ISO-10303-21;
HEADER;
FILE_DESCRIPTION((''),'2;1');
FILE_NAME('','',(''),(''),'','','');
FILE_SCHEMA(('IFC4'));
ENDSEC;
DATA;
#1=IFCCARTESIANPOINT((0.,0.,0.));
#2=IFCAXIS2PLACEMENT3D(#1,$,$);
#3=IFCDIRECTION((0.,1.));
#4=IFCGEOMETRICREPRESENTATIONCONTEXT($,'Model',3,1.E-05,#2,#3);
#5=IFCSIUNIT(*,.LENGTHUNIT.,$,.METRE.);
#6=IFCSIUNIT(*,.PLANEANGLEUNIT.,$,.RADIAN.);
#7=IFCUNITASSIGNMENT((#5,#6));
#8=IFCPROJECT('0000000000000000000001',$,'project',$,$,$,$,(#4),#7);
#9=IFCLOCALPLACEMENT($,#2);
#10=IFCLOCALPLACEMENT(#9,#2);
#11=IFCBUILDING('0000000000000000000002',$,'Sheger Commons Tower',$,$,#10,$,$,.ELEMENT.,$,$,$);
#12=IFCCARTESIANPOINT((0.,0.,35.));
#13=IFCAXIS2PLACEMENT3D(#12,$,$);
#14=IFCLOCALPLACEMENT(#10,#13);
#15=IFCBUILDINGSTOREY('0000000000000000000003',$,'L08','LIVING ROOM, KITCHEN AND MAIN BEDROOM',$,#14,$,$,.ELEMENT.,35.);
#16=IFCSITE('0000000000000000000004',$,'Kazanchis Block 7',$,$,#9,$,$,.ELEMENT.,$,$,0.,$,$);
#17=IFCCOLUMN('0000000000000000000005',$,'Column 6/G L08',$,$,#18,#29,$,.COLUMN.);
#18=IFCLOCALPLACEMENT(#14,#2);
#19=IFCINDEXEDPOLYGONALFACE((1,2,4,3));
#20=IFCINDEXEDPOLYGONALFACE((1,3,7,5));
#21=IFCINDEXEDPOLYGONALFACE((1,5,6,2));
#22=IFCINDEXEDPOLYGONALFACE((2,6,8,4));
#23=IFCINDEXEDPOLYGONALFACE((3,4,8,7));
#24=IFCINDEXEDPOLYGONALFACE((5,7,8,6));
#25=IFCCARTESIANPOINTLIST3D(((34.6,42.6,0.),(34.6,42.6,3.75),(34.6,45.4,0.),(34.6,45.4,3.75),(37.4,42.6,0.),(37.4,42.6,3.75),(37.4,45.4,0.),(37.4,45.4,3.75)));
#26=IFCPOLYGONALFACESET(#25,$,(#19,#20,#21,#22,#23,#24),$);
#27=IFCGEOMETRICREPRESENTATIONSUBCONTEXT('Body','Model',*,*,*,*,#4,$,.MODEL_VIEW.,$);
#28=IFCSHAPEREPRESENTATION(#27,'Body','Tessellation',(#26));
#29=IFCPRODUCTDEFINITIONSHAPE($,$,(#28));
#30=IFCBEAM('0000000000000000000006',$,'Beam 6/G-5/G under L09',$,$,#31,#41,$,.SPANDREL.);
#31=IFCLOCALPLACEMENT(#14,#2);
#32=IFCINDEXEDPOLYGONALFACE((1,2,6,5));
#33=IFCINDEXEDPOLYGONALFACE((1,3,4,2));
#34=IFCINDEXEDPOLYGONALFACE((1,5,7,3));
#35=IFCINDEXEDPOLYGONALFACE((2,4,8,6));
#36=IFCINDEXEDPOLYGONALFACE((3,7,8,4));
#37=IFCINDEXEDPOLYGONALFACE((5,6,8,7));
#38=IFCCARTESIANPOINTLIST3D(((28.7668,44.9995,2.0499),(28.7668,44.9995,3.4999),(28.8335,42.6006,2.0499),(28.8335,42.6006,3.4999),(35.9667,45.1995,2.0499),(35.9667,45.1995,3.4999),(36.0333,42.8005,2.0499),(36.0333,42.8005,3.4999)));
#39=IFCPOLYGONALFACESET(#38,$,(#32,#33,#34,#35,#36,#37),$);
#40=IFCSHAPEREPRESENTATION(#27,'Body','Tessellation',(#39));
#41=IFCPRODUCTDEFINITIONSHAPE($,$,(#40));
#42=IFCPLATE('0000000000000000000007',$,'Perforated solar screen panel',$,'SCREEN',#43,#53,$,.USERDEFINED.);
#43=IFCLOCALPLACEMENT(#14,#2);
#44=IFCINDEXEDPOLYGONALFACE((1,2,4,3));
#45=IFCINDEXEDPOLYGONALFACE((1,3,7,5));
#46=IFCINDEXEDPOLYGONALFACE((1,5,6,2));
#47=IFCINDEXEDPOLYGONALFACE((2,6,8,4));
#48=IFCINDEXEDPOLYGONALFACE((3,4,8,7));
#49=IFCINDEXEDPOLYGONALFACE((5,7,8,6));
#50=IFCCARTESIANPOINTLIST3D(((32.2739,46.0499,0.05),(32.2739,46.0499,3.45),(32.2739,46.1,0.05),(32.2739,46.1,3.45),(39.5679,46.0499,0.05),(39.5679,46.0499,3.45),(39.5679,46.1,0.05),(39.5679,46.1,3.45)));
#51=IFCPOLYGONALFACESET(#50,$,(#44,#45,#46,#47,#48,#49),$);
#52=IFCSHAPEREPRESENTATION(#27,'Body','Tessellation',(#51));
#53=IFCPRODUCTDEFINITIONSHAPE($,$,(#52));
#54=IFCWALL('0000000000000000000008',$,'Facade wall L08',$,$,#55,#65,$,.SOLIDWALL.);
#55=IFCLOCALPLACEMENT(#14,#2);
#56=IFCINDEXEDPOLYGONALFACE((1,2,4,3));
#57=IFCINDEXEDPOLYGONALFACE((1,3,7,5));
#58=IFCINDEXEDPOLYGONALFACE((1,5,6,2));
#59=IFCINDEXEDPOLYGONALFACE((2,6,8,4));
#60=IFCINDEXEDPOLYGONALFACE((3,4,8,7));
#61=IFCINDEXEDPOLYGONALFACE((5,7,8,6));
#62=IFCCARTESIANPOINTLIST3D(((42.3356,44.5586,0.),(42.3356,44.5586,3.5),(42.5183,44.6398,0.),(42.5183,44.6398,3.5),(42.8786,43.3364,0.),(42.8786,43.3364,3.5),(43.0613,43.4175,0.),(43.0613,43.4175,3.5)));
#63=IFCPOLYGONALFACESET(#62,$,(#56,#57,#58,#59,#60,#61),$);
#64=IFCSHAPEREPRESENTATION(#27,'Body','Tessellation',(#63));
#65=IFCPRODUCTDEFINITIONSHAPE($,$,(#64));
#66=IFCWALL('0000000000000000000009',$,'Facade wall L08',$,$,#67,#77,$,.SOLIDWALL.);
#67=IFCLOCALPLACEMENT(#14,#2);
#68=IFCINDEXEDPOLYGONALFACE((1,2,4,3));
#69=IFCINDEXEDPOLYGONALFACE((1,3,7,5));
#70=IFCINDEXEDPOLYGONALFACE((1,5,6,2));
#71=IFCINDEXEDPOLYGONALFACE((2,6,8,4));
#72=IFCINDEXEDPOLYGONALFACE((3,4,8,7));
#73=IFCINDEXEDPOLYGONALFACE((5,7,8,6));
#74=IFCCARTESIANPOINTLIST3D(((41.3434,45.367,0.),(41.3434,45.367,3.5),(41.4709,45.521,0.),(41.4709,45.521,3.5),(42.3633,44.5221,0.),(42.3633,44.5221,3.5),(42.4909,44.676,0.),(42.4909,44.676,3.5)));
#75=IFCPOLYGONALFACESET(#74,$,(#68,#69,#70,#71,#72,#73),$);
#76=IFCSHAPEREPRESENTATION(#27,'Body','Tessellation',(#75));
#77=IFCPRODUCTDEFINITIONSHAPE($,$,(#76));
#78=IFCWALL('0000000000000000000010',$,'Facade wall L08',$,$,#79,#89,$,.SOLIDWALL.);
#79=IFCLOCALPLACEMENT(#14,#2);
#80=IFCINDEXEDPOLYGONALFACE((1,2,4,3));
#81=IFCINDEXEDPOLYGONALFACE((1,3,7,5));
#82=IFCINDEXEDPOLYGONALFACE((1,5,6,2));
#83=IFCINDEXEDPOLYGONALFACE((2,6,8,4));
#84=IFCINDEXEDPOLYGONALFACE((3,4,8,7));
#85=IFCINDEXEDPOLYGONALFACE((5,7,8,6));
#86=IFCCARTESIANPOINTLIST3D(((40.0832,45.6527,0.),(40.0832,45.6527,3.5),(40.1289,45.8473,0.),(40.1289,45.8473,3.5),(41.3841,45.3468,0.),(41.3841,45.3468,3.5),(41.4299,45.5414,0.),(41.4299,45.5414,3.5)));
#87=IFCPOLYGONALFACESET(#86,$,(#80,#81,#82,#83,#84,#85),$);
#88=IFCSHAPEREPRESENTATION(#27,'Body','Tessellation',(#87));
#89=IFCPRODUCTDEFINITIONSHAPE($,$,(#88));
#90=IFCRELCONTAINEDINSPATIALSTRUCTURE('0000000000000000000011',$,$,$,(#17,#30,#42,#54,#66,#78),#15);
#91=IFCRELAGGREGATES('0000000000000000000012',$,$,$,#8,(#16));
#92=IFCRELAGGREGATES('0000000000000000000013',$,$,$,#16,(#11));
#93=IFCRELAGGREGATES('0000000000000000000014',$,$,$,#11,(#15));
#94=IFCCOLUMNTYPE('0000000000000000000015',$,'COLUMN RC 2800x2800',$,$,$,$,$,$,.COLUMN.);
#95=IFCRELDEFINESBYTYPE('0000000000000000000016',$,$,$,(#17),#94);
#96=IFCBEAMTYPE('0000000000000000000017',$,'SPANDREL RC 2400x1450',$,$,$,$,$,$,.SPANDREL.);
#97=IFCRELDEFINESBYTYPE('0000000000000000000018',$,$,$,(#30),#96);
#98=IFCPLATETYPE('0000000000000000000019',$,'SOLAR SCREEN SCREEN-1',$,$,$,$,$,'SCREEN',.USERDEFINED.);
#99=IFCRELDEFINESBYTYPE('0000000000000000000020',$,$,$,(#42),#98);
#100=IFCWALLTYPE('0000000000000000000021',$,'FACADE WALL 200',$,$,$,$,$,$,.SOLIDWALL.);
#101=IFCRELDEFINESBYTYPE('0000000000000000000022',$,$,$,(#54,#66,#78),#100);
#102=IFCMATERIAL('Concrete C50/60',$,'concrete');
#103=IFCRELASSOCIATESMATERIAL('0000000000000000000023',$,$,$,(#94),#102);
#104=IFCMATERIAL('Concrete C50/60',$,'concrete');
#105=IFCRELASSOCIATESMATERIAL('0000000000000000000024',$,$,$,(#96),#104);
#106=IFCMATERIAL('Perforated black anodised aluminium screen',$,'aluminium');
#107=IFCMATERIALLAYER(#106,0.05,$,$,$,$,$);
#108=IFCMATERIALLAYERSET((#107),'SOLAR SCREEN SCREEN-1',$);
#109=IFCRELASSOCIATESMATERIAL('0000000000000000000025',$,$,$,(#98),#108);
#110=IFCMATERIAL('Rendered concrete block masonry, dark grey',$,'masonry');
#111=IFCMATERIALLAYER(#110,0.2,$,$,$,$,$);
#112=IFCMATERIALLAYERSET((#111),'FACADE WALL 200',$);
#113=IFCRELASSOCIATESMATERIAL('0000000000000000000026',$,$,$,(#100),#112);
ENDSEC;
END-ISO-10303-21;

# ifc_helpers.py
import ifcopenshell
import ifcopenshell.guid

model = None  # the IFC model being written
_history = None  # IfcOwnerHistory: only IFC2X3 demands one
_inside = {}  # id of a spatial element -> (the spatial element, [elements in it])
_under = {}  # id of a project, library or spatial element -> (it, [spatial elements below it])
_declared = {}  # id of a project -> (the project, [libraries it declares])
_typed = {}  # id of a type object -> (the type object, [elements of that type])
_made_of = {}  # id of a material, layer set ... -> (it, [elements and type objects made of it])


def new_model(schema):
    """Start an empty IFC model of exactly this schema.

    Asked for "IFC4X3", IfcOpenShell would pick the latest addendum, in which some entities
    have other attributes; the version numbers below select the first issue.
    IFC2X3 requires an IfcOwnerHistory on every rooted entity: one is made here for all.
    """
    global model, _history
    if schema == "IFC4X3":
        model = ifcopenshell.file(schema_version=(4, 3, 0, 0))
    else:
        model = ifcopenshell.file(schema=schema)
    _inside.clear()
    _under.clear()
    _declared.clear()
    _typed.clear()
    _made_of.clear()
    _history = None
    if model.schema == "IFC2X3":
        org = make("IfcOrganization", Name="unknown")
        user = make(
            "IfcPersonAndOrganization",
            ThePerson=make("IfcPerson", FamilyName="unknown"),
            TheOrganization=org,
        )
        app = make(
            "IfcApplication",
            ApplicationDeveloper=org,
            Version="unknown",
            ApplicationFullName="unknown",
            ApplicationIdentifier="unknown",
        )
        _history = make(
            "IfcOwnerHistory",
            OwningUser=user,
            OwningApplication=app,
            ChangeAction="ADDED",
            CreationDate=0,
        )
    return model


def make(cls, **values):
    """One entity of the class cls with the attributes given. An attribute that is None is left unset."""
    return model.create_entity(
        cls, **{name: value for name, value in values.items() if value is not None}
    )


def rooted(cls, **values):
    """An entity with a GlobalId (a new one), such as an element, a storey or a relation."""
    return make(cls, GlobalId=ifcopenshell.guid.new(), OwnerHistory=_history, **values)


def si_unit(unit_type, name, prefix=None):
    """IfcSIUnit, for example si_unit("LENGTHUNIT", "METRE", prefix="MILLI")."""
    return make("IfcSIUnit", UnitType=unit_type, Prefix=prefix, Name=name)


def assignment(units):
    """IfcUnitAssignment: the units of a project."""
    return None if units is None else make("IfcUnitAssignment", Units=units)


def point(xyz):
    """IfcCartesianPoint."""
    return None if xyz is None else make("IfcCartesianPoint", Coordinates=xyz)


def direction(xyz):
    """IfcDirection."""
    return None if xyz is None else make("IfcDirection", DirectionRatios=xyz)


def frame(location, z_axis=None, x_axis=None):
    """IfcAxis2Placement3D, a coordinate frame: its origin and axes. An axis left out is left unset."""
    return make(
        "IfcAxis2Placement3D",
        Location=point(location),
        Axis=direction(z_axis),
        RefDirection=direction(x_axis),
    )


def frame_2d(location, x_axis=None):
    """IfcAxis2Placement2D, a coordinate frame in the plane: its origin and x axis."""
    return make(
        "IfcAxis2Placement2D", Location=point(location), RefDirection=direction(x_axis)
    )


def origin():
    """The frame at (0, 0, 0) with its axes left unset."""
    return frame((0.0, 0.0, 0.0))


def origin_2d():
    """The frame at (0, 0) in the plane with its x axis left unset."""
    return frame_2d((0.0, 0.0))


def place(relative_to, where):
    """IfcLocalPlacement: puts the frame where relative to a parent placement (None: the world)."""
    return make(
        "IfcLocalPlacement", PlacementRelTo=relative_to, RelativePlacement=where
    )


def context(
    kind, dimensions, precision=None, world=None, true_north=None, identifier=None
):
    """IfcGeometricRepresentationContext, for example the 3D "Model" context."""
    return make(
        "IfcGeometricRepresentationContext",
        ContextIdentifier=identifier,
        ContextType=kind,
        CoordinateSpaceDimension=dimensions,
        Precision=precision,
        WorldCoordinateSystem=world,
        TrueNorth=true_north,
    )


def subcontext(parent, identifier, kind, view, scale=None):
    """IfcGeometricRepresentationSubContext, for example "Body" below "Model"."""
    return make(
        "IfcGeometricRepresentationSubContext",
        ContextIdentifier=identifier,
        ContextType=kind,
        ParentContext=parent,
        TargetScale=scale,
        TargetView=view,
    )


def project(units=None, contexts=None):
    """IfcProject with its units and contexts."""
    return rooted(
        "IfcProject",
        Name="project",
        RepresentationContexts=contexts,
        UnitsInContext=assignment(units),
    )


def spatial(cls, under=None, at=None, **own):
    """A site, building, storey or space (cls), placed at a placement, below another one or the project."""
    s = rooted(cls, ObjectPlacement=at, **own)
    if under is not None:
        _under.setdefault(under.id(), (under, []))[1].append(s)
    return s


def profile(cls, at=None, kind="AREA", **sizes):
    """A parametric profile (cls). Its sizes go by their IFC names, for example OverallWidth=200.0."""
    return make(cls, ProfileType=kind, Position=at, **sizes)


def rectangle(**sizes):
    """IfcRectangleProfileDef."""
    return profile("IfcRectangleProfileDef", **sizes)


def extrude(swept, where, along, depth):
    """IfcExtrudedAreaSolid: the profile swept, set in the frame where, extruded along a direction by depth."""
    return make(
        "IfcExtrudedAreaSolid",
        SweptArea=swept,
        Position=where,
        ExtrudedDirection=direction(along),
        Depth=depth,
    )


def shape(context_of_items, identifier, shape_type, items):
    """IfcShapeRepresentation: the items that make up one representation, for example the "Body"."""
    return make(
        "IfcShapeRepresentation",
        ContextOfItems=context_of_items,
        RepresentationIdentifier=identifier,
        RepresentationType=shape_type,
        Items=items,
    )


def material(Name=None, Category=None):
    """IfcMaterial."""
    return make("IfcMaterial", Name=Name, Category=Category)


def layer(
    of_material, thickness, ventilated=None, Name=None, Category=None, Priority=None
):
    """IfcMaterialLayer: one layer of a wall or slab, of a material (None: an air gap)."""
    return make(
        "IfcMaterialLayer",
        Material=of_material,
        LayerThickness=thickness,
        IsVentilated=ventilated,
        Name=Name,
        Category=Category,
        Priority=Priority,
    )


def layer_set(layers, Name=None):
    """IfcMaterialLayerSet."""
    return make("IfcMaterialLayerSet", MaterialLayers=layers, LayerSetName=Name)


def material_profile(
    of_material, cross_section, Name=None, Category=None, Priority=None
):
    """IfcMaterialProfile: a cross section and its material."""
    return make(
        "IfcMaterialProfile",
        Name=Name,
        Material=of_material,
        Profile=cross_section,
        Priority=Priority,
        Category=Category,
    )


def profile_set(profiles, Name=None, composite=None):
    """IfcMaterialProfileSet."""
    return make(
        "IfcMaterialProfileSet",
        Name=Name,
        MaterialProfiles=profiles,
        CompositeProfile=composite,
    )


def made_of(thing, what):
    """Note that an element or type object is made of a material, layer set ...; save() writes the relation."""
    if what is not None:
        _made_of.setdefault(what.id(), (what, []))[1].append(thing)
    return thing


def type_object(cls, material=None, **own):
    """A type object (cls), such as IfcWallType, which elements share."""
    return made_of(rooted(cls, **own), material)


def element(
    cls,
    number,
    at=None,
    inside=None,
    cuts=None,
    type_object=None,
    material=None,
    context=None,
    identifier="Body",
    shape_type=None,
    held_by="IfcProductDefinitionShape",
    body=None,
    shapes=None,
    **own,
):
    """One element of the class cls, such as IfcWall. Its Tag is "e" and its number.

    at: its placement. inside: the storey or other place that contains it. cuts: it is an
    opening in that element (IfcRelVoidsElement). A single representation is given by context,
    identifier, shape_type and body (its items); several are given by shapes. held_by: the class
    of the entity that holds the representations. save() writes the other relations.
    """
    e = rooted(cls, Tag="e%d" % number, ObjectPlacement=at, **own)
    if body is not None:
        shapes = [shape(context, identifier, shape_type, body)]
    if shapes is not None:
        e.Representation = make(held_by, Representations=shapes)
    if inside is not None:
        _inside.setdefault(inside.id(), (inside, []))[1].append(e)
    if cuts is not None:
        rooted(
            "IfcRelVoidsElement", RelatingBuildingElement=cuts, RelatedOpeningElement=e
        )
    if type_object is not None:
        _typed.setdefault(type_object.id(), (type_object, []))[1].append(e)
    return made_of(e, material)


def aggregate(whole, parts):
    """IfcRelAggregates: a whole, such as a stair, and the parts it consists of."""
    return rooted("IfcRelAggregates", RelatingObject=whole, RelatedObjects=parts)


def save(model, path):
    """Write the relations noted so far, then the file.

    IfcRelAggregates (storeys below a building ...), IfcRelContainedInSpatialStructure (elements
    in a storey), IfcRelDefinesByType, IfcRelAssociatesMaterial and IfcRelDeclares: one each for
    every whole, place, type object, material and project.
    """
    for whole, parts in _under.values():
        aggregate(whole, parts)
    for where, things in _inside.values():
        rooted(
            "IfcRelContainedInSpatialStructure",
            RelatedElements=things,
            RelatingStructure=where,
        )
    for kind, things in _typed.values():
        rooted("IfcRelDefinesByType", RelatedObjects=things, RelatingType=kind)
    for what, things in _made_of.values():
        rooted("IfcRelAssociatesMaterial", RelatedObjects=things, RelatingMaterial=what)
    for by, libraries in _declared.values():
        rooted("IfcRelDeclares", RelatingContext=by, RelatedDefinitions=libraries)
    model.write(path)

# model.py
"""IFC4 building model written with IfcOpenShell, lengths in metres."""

from ifc_helpers import new_model, si_unit, direction, frame, frame_2d, origin, origin_2d, place, context, subcontext, project, spatial, rectangle, extrude, material, layer, layer_set, material_profile, profile_set, type_object, element, save


model = new_model("IFC4")

# Units and contexts
model_context = context("Model", 3, precision=1e-05, world=origin(), true_north=direction((0.0, 1.0)))
body_context = subcontext(model_context, "Body", "Model", "MODEL_VIEW")
ifc_project = project(units=[si_unit("LENGTHUNIT", "METRE"), si_unit("PLANEANGLEUNIT", "RADIAN")], contexts=[model_context])

# Site, building, storey
site_placement = place(None, origin())
site = spatial("IfcSite", under=ifc_project, at=site_placement, Name="Kazanchis Block 7", CompositionType="ELEMENT", RefElevation=0.0)
building_placement = place(site_placement, origin())
building = spatial("IfcBuilding", under=site, at=building_placement, Name="Sheger Commons Tower", CompositionType="ELEMENT")
storey_placement = place(building_placement, frame((0.0, 0.0, 35.0)))
storey = spatial("IfcBuildingStorey", under=building, at=storey_placement, Name="L08", Description="LIVING ROOM, KITCHEN AND MAIN BEDROOM", CompositionType="ELEMENT", Elevation=35.0)

# Column
ifc_material_1 = material(Name="Concrete C50/60", Category="concrete")
ifc_material_profile_1 = material_profile(ifc_material_1, rectangle(XDim=2.8, YDim=2.8, at=origin_2d()), Name="RC 2800x2800")
ifc_profile_set_1 = profile_set([ifc_material_profile_1], Name="Concrete C50/60")
column_type = type_object("IfcColumnType", Name="COLUMN RC 2800x2800", PredefinedType="COLUMN", material=ifc_profile_set_1)
column_placement = place(storey_placement, frame((36.0, 44.0, 0.0), z_axis=(0.0, 0.0, 1.0), x_axis=(1.0, 0.0, 0.0)))
element("IfcColumn", 1, at=column_placement, inside=storey, type_object=column_type, Name="Column 6/G L08", PredefinedType="COLUMN", context=body_context, shape_type="SweptSolid", body=[
    extrude(rectangle(XDim=2.8, YDim=2.8, at=origin_2d()), origin(), (0.0, 0.0, 1.0), 3.75),
])

# Beam
ifc_material_2 = material(Name="Concrete C50/60", Category="concrete")
ifc_material_profile_2 = material_profile(ifc_material_2, rectangle(XDim=2.3999, YDim=1.45, at=origin_2d()), Name="RC 2400x1450")
ifc_profile_set_2 = profile_set([ifc_material_profile_2], Name="Concrete C50/60")
beam_type = type_object("IfcBeamType", Name="SPANDREL RC 2400x1450", PredefinedType="SPANDREL", material=ifc_profile_set_2)
beam_placement = place(storey_placement, frame((36.0, 44.0, 2.7749), z_axis=(-0.999615, -0.02776, 0.0), x_axis=(0.02776, -0.999615, 0.0)))
element("IfcBeam", 2, at=beam_placement, inside=storey, type_object=beam_type, Name="Beam 6/G-5/G under L09", PredefinedType="SPANDREL", context=body_context, shape_type="SweptSolid", body=[
    extrude(rectangle(XDim=2.3999, YDim=1.45, at=origin_2d()), origin(), (0.0, 0.0, 1.0), 7.2026),
])

# Plate
ifc_material_3 = material(Name="Perforated black anodised aluminium screen", Category="aluminium")
ifc_layer_1 = layer(ifc_material_3, 0.05)
ifc_layer_set_1 = layer_set([ifc_layer_1], Name="SOLAR SCREEN SCREEN-1")
plate_type = type_object("IfcPlateType", Name="SOLAR SCREEN SCREEN-1", ElementType="SCREEN", PredefinedType="USERDEFINED", material=ifc_layer_set_1)
plate_placement = place(storey_placement, frame((35.9209, 46.075, 0.05), z_axis=(0.0, 0.0, 1.0), x_axis=(-1.0, 0.0, 0.0)))
element("IfcPlate", 3, at=plate_placement, inside=storey, type_object=plate_type, Name="Perforated solar screen panel", ObjectType="SCREEN", PredefinedType="USERDEFINED", context=body_context, shape_type="SweptSolid", body=[
    extrude(rectangle(XDim=7.2939, YDim=0.05, at=origin_2d()), origin(), (0.0, 0.0, 1.0), 3.3999),
])

# Walls
ifc_material_4 = material(Name="Rendered concrete block masonry, dark grey", Category="masonry")
ifc_layer_2 = layer(ifc_material_4, 0.2)
ifc_layer_set_2 = layer_set([ifc_layer_2], Name="FACADE WALL 200")
wall_type_1 = type_object("IfcWallType", Name="FACADE WALL 200", PredefinedType="SOLIDWALL", material=ifc_layer_set_2)
wall_1_placement = place(storey_placement, frame((42.97, 43.377, 0.0), z_axis=(0.0, 0.0, 1.0), x_axis=(-0.406003, 0.913872, 0.0)))
element("IfcWall", 4, at=wall_1_placement, inside=storey, type_object=wall_type_1, Name="Facade wall L08", PredefinedType="SOLIDWALL", context=body_context, shape_type="SweptSolid", body=[
    extrude(rectangle(XDim=1.3374, YDim=0.2, at=frame_2d((0.6687, 0.0))), origin(), (0.0, 0.0, 1.0), 3.5),
])
wall_2_placement = place(storey_placement, frame((42.427, 44.5991, 0.0), z_axis=(0.0, 0.0, 1.0), x_axis=(-0.770091, 0.637934, 0.0)))
element("IfcWall", 5, at=wall_2_placement, inside=storey, type_object=wall_type_1, Name="Facade wall L08", PredefinedType="SOLIDWALL", context=body_context, shape_type="SweptSolid", body=[
    extrude(rectangle(XDim=1.3245, YDim=0.2, at=frame_2d((0.6621, 0.0))), origin(), (0.0, 0.0, 1.0), 3.5),
])
wall_3_placement = place(storey_placement, frame((41.407, 45.4441, 0.0), z_axis=(0.0, 0.0, 1.0), x_axis=(-0.973453, 0.228887, 0.0)))
element("IfcWall", 6, at=wall_3_placement, inside=storey, type_object=wall_type_1, Name="Facade wall L08", PredefinedType="SOLIDWALL", context=body_context, shape_type="SweptSolid", body=[
    extrude(rectangle(XDim=1.3364, YDim=0.2, at=frame_2d((0.6682, 0.0))), origin(), (0.0, 0.0, 1.0), 3.5),
])

save(model, "model.ifc")
